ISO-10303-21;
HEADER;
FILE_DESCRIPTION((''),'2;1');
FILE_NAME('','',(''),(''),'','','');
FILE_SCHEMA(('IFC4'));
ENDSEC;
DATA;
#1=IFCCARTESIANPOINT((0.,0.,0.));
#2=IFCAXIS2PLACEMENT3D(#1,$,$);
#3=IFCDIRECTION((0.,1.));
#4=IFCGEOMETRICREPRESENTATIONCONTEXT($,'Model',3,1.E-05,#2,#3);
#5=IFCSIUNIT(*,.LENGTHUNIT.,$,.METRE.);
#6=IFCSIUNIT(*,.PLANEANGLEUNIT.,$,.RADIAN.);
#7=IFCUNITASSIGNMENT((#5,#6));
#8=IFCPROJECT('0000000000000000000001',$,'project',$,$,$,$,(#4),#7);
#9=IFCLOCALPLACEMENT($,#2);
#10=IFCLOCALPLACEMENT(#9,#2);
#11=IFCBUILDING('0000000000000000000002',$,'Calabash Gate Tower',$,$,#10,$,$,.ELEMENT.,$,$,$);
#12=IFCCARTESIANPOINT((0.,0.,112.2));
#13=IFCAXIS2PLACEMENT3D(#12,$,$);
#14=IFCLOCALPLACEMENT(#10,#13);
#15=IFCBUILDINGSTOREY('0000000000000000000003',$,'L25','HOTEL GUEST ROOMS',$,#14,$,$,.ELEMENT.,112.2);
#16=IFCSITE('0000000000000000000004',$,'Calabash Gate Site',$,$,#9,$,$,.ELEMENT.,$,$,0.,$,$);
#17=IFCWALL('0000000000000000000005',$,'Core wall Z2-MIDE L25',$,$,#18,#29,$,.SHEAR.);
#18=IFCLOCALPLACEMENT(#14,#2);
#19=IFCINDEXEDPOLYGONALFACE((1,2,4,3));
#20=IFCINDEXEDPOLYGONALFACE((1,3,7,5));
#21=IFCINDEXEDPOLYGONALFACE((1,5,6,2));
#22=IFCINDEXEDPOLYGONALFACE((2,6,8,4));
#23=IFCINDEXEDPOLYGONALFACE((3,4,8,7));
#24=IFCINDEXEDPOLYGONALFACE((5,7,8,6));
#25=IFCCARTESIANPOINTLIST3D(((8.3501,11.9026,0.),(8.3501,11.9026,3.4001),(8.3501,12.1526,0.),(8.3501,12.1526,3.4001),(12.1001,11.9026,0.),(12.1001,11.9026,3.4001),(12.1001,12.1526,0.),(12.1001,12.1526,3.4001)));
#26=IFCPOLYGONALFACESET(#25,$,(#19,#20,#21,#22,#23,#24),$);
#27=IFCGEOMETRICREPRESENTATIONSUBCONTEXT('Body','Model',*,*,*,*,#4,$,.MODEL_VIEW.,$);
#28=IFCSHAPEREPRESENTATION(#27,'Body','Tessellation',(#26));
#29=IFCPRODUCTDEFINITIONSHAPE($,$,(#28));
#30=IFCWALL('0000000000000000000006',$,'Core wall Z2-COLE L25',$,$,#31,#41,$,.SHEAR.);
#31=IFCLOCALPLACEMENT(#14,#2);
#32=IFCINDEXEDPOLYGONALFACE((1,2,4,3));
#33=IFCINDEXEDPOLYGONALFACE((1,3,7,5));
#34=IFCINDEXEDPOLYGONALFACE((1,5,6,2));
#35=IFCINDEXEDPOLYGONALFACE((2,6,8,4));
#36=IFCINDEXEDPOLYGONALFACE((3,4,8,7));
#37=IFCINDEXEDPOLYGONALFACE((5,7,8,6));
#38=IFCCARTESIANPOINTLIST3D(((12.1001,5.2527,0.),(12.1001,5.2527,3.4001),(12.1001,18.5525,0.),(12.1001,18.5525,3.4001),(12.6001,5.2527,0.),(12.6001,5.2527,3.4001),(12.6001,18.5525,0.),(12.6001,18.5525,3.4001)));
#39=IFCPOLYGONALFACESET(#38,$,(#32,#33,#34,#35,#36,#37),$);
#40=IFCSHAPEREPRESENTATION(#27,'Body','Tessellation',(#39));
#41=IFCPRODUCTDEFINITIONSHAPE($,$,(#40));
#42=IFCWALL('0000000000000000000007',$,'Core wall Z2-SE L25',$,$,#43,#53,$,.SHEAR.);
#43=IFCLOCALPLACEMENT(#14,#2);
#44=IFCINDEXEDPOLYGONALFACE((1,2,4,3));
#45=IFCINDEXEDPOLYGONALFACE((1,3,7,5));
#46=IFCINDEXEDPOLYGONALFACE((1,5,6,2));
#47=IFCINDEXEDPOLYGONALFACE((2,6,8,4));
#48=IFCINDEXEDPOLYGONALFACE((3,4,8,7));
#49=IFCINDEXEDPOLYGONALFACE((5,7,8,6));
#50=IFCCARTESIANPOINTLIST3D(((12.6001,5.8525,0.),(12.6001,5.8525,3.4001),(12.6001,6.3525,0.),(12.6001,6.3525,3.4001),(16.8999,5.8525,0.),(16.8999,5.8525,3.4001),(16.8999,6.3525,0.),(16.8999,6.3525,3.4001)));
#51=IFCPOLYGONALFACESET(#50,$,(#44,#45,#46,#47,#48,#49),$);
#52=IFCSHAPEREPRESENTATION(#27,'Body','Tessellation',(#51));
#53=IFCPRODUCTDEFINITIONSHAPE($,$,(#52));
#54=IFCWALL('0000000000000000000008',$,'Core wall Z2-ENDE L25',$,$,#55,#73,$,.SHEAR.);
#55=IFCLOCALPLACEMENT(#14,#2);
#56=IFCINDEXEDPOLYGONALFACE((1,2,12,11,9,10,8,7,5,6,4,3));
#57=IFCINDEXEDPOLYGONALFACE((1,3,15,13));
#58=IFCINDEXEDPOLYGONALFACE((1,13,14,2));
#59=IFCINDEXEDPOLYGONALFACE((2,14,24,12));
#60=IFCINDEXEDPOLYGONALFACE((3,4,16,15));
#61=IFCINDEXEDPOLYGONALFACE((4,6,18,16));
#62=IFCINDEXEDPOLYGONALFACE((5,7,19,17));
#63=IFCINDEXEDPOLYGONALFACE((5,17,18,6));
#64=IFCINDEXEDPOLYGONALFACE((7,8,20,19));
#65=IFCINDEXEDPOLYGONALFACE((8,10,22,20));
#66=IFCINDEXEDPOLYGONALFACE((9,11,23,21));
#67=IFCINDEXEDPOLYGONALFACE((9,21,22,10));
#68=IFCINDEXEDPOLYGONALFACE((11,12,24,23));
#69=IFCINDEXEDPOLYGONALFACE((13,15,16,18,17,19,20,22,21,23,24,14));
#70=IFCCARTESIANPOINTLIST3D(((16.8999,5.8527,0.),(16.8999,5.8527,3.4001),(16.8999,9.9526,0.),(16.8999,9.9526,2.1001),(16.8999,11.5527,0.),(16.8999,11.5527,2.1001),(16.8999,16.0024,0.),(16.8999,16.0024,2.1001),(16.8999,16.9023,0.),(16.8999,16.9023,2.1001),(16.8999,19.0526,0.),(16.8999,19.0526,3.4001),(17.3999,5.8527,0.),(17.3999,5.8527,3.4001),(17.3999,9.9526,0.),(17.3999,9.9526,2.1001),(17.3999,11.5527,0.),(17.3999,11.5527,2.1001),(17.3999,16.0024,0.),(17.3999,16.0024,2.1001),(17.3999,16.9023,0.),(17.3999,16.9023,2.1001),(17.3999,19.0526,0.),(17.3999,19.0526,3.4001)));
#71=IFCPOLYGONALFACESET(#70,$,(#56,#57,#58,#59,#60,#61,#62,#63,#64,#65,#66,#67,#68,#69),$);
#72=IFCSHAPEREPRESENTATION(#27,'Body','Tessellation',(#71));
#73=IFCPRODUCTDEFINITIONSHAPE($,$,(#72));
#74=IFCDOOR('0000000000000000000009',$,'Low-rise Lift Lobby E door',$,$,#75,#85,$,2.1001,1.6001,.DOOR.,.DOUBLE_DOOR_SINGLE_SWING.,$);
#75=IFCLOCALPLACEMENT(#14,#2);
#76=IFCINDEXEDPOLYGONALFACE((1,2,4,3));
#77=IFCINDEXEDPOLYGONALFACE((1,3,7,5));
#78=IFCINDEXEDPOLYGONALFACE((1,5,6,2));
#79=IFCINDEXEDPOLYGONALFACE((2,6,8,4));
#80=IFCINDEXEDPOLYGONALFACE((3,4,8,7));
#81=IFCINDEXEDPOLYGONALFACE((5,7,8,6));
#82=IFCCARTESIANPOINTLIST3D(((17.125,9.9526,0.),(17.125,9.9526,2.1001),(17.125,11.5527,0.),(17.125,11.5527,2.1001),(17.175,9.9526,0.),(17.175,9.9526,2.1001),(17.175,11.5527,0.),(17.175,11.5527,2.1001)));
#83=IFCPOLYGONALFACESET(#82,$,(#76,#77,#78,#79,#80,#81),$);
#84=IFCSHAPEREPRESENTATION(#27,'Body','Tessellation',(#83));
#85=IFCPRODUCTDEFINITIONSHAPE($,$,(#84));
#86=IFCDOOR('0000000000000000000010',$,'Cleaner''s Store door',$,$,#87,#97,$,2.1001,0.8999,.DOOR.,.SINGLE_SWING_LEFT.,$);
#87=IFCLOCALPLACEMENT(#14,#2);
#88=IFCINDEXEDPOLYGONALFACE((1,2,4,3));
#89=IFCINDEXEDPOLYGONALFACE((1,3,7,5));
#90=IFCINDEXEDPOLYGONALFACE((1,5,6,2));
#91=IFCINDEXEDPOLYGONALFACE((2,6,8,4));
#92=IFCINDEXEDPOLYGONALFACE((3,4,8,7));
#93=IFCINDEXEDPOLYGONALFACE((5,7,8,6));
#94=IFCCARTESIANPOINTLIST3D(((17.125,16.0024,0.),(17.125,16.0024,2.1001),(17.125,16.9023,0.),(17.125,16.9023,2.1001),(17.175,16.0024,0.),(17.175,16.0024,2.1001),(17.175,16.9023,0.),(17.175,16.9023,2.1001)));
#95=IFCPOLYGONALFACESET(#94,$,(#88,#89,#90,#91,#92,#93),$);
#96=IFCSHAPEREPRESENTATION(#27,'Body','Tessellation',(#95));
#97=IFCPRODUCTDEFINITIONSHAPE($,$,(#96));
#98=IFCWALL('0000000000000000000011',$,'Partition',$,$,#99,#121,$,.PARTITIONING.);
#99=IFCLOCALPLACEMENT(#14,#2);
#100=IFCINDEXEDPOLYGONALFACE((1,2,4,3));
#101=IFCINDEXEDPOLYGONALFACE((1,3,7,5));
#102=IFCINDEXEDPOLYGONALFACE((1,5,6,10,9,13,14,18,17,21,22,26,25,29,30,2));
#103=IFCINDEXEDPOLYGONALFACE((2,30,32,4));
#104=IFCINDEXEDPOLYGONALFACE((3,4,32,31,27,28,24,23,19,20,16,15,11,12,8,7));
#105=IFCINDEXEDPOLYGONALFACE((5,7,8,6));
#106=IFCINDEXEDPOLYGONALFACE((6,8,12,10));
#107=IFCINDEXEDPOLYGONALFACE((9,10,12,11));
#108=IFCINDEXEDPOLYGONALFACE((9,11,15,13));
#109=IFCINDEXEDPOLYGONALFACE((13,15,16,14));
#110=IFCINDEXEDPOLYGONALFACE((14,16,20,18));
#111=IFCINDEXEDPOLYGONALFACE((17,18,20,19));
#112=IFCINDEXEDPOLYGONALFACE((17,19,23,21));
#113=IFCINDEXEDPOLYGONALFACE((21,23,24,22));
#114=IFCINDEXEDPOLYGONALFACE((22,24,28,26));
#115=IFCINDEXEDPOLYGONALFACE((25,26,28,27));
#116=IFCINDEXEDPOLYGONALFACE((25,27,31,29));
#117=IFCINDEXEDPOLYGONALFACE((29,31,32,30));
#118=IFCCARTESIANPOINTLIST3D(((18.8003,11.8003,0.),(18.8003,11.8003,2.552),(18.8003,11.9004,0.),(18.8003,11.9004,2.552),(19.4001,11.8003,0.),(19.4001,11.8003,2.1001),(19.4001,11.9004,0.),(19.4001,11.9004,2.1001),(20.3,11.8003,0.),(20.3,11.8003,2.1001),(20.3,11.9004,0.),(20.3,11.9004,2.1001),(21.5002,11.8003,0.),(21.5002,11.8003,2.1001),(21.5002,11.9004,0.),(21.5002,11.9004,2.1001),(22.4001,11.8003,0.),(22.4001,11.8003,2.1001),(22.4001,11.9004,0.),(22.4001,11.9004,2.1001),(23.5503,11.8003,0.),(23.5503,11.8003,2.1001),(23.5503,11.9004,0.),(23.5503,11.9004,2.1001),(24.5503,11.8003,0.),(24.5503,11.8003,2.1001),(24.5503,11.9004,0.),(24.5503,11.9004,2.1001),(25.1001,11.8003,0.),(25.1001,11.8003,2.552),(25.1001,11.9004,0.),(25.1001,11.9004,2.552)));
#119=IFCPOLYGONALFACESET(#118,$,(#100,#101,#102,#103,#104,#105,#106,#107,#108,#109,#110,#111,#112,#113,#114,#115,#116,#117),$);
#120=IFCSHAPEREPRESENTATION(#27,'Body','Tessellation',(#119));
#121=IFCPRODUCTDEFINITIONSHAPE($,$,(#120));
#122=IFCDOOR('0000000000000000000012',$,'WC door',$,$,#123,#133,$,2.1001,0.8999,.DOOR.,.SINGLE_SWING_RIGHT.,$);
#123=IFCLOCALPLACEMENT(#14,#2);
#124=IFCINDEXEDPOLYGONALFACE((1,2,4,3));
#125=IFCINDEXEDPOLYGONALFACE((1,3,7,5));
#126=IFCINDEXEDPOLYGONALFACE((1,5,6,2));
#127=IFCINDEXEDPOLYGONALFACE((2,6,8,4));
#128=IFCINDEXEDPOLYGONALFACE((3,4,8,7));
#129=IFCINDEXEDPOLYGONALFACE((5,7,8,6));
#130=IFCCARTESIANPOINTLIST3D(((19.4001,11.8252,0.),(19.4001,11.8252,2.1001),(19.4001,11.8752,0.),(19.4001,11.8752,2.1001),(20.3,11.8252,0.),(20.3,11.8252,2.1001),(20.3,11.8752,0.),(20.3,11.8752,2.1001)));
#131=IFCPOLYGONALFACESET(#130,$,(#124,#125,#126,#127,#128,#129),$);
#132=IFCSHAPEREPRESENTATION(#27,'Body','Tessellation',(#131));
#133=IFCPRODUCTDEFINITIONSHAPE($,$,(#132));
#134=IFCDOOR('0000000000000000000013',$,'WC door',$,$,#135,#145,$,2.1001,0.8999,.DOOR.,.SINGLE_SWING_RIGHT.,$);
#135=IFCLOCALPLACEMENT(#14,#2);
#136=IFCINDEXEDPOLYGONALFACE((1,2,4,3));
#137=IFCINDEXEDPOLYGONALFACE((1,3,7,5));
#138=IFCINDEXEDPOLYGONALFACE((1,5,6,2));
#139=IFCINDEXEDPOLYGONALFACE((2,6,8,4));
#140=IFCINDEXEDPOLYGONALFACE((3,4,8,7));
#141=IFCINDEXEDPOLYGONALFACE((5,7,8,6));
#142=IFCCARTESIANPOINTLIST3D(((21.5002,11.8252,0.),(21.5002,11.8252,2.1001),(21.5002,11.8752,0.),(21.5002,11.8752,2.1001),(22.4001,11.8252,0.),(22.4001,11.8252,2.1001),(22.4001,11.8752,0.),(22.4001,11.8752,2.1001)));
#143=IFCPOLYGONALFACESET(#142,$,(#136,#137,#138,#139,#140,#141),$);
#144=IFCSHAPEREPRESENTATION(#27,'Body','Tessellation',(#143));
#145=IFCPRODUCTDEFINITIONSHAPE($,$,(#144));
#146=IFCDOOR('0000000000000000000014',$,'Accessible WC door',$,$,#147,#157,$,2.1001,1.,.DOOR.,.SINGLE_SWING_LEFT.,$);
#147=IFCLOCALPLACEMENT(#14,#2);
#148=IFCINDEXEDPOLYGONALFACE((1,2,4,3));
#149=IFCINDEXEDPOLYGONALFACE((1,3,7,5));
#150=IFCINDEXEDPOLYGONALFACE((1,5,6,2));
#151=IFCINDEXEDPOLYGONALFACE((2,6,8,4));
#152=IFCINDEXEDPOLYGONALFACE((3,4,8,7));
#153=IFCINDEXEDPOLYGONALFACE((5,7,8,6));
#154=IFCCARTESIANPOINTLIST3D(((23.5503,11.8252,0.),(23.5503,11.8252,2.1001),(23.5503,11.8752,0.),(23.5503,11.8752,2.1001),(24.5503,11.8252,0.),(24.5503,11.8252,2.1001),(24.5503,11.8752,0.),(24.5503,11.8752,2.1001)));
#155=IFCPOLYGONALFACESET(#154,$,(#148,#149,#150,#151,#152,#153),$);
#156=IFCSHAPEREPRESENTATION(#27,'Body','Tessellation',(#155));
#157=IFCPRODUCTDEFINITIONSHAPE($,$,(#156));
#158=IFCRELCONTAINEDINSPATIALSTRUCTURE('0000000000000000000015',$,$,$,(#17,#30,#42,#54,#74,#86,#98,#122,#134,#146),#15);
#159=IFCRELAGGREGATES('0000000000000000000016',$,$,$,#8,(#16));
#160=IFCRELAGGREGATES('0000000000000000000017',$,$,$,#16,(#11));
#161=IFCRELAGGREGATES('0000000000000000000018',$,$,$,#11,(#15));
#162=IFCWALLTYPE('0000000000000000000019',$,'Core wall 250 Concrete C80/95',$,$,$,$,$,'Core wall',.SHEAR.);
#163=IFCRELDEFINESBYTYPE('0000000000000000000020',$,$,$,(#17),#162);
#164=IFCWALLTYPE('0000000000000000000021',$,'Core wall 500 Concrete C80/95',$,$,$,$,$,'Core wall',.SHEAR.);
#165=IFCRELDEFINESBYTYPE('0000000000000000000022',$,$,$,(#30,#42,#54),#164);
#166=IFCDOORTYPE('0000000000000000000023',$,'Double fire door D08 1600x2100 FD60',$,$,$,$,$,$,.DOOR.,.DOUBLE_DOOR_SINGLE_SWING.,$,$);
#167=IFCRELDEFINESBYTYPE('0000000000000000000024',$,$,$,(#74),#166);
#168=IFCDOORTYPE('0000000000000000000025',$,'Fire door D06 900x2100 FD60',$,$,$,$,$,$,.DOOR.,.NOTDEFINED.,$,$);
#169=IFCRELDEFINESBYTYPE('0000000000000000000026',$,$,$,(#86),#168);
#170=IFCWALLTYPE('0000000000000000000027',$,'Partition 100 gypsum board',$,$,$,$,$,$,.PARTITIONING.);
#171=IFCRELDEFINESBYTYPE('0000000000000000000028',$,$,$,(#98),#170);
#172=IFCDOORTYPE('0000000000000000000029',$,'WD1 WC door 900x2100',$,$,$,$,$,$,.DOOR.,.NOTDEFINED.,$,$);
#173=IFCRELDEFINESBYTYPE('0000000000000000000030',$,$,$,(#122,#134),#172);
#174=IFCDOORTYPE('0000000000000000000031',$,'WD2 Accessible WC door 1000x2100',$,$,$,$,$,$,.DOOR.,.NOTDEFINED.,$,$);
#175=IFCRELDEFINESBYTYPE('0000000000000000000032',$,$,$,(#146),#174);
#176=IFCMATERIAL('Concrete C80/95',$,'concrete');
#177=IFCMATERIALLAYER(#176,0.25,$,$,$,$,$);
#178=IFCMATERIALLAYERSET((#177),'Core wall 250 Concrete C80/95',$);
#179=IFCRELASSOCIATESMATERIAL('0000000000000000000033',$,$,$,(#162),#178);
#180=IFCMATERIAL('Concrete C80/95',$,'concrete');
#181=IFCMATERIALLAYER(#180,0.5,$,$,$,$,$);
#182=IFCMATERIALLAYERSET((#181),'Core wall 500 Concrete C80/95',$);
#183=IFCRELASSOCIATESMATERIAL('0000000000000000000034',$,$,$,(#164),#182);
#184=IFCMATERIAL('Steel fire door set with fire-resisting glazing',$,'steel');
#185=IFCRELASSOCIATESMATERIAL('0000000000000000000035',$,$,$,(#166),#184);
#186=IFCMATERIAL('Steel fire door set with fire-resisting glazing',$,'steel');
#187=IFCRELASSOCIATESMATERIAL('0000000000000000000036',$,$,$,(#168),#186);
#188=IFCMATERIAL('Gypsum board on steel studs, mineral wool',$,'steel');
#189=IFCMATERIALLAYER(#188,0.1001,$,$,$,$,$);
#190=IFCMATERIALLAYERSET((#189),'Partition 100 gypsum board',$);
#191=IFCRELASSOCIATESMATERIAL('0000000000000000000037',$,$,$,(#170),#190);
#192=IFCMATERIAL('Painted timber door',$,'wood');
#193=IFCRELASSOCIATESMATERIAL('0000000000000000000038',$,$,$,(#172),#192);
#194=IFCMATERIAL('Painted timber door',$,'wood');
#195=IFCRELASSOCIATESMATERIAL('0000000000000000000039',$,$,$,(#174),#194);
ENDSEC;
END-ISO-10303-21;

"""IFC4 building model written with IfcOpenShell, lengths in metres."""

from ifc_helpers import new_model, si_unit, direction, frame, frame_2d, origin, place, context, subcontext, project, spatial, rectangle, extrude, material, layer, layer_set, type_object, element, fill, save


model = new_model("IFC4")

# Units and contexts
model_context = context("Model", 3, precision=1e-05, world=origin(), true_north=direction((0.0, 1.0)))
body_context = subcontext(model_context, "Body", "Model", "MODEL_VIEW")
ifc_project = project(units=[si_unit("LENGTHUNIT", "METRE"), si_unit("PLANEANGLEUNIT", "RADIAN")], contexts=[model_context])

# Site, building, storey
site_placement = place(None, origin())
site = spatial("IfcSite", under=ifc_project, at=site_placement, Name="Calabash Gate Site", CompositionType="ELEMENT", RefElevation=0.0)
building_placement = place(site_placement, origin())
building = spatial("IfcBuilding", under=site, at=building_placement, Name="Calabash Gate Tower", CompositionType="ELEMENT")
storey_placement = place(building_placement, frame((0.0, 0.0, 112.2)))
storey = spatial("IfcBuildingStorey", under=building, at=storey_placement, Name="L25", Description="HOTEL GUEST ROOMS", CompositionType="ELEMENT", Elevation=112.2)

# Walls
ifc_material_1 = material(Name="Concrete C80/95", Category="concrete")
ifc_layer_1 = layer(ifc_material_1, 0.25)
ifc_layer_set_1 = layer_set([ifc_layer_1], Name="Core wall 250 Concrete C80/95")
wall_type_1 = type_object("IfcWallType", Name="Core wall 250 Concrete C80/95", ElementType="Core wall", PredefinedType="SHEAR", material=ifc_layer_set_1)
wall_1_placement = place(storey_placement, frame((8.3501, 12.0276, 0.0), z_axis=(0.0, 0.0, 1.0), x_axis=(1.0, 0.0, 0.0)))
element("IfcWall", 1, at=wall_1_placement, inside=storey, type_object=wall_type_1, Name="Core wall Z2-MIDE L25", PredefinedType="SHEAR", context=body_context, shape_type="SweptSolid", body=[
    extrude(rectangle(XDim=3.75, YDim=0.25, at=frame_2d((1.875, 0.0))), origin(), (0.0, 0.0, 1.0), 3.4001),
])
ifc_material_2 = material(Name="Concrete C80/95", Category="concrete")
ifc_layer_2 = layer(ifc_material_2, 0.5)
ifc_layer_set_2 = layer_set([ifc_layer_2], Name="Core wall 500 Concrete C80/95")
wall_type_2 = type_object("IfcWallType", Name="Core wall 500 Concrete C80/95", ElementType="Core wall", PredefinedType="SHEAR", material=ifc_layer_set_2)
wall_2_placement = place(storey_placement, frame((12.3501, 5.2527, 0.0), z_axis=(0.0, 0.0, 1.0), x_axis=(0.0, 1.0, 0.0)))
element("IfcWall", 2, at=wall_2_placement, inside=storey, type_object=wall_type_2, Name="Core wall Z2-COLE L25", PredefinedType="SHEAR", context=body_context, shape_type="SweptSolid", body=[
    extrude(rectangle(XDim=13.2998, YDim=0.5, at=frame_2d((6.6499, 0.0))), origin(), (0.0, 0.0, 1.0), 3.4001),
])
wall_3_placement = place(storey_placement, frame((12.6001, 6.1025, 0.0), z_axis=(0.0, 0.0, 1.0), x_axis=(1.0, 0.0, 0.0)))
element("IfcWall", 3, at=wall_3_placement, inside=storey, type_object=wall_type_2, Name="Core wall Z2-SE L25", PredefinedType="SHEAR", context=body_context, shape_type="SweptSolid", body=[
    extrude(rectangle(XDim=4.2998, YDim=0.5, at=frame_2d((2.1499, 0.0))), origin(), (0.0, 0.0, 1.0), 3.4001),
])

# Walls, openings, doors
wall_4_placement = place(storey_placement, frame((17.1499, 5.8525, 0.0), z_axis=(0.0, 0.0, 1.0), x_axis=(0.0, 1.0, 0.0)))
wall_4 = element("IfcWall", 4, at=wall_4_placement, inside=storey, type_object=wall_type_2, Name="Core wall Z2-ENDE L25", PredefinedType="SHEAR", context=body_context, shape_type="SweptSolid", body=[
    extrude(rectangle(XDim=13.2, YDim=0.5, at=frame_2d((6.6001, 0.0))), origin(), (0.0, 0.0, 1.0), 3.4001),
])
opening_1_placement = place(wall_4_placement, frame((4.1001, 0.0, 0.0)))
opening_1 = element("IfcOpeningElement", 5, at=opening_1_placement, cuts=wall_4, PredefinedType="OPENING", context=body_context, shape_type="SweptSolid", body=[
    extrude(rectangle(XDim=1.6001, YDim=2.1001, at=frame_2d((0.8, 1.05))), frame((0.0, 0.26, 0.0), z_axis=(0.0, -1.0, 0.0), x_axis=(1.0, 0.0, 0.0)), (0.0, 0.0, 1.0), 0.52),
])
opening_2_placement = place(wall_4_placement, frame((10.1499, 0.0, 0.0)))
opening_2 = element("IfcOpeningElement", 6, at=opening_2_placement, cuts=wall_4, PredefinedType="OPENING", context=body_context, shape_type="SweptSolid", body=[
    extrude(rectangle(XDim=0.8999, YDim=2.1001, at=frame_2d((0.45, 1.05))), frame((0.0, 0.26, 0.0), z_axis=(0.0, -1.0, 0.0), x_axis=(1.0, 0.0, 0.0)), (0.0, 0.0, 1.0), 0.52),
])
ifc_material_3 = material(Name="Steel fire door set with fire-resisting glazing", Category="steel")
door_type_1 = type_object("IfcDoorType", Name="Double fire door D08 1600x2100 FD60", OperationType="DOUBLE_DOOR_SINGLE_SWING", PredefinedType="DOOR", material=ifc_material_3)
door_1_placement = place(opening_1_placement, origin())
door_1 = element("IfcDoor", 7, at=door_1_placement, inside=storey, type_object=door_type_1, Name="Low-rise Lift Lobby E door", OperationType="DOUBLE_DOOR_SINGLE_SWING", OverallHeight=2.1001, OverallWidth=1.6001, PredefinedType="DOOR", context=body_context, shape_type="SweptSolid", body=[
    extrude(rectangle(XDim=1.6001, YDim=2.1001, at=frame_2d((0.8, 1.05))), frame((0.0, 0.0249, 0.0), z_axis=(0.0, -1.0, 0.0), x_axis=(1.0, 0.0, 0.0)), (0.0, 0.0, 1.0), 0.05),
])
fill(opening_1, door_1)
ifc_material_4 = material(Name="Steel fire door set with fire-resisting glazing", Category="steel")
door_type_2 = type_object("IfcDoorType", Name="Fire door D06 900x2100 FD60", OperationType="NOTDEFINED", PredefinedType="DOOR", material=ifc_material_4)
door_2_placement = place(opening_2_placement, origin())
door_2 = element("IfcDoor", 8, at=door_2_placement, inside=storey, type_object=door_type_2, Name="Cleaner's Store door", OperationType="SINGLE_SWING_LEFT", OverallHeight=2.1001, OverallWidth=0.8999, PredefinedType="DOOR", context=body_context, shape_type="SweptSolid", body=[
    extrude(rectangle(XDim=0.8999, YDim=2.1001, at=frame_2d((0.45, 1.05))), frame((0.0, 0.0249, 0.0), z_axis=(0.0, -1.0, 0.0), x_axis=(1.0, 0.0, 0.0)), (0.0, 0.0, 1.0), 0.05),
])
fill(opening_2, door_2)
ifc_material_5 = material(Name="Gypsum board on steel studs, mineral wool", Category="steel")
ifc_layer_3 = layer(ifc_material_5, 0.1001)
ifc_layer_set_3 = layer_set([ifc_layer_3], Name="Partition 100 gypsum board")
wall_type_3 = type_object("IfcWallType", Name="Partition 100 gypsum board", PredefinedType="PARTITIONING", material=ifc_layer_set_3)
wall_5_placement = place(storey_placement, frame((18.8003, 11.8503, 0.0), z_axis=(0.0, 0.0, 1.0), x_axis=(1.0, 0.0, 0.0)))
wall_5 = element("IfcWall", 9, at=wall_5_placement, inside=storey, type_object=wall_type_3, Name="Partition", PredefinedType="PARTITIONING", context=body_context, shape_type="SweptSolid", body=[
    extrude(rectangle(XDim=6.2998, YDim=0.1001, at=frame_2d((3.1499, 0.0))), origin(), (0.0, 0.0, 1.0), 2.552),
])
opening_3_placement = place(wall_5_placement, frame((0.5999, 0.0, 0.0)))
opening_3 = element("IfcOpeningElement", 10, at=opening_3_placement, cuts=wall_5, PredefinedType="OPENING", context=body_context, shape_type="SweptSolid", body=[
    extrude(rectangle(XDim=0.8999, YDim=2.1001, at=frame_2d((0.45, 1.05))), frame((0.0, 0.0601, 0.0), z_axis=(0.0, -1.0, 0.0), x_axis=(1.0, 0.0, 0.0)), (0.0, 0.0, 1.0), 0.1201),
])
opening_4_placement = place(wall_5_placement, frame((2.7, 0.0, 0.0)))
opening_4 = element("IfcOpeningElement", 11, at=opening_4_placement, cuts=wall_5, PredefinedType="OPENING", context=body_context, shape_type="SweptSolid", body=[
    extrude(rectangle(XDim=0.8999, YDim=2.1001, at=frame_2d((0.45, 1.05))), frame((0.0, 0.0601, 0.0), z_axis=(0.0, -1.0, 0.0), x_axis=(1.0, 0.0, 0.0)), (0.0, 0.0, 1.0), 0.1201),
])
opening_5_placement = place(wall_5_placement, frame((4.75, 0.0, 0.0)))
opening_5 = element("IfcOpeningElement", 12, at=opening_5_placement, cuts=wall_5, PredefinedType="OPENING", context=body_context, shape_type="SweptSolid", body=[
    extrude(rectangle(XDim=1.0, YDim=2.1001, at=frame_2d((0.5, 1.05))), frame((0.0, 0.0601, 0.0), z_axis=(0.0, -1.0, 0.0), x_axis=(1.0, 0.0, 0.0)), (0.0, 0.0, 1.0), 0.1201),
])
ifc_material_6 = material(Name="Painted timber door", Category="wood")
door_type_3 = type_object("IfcDoorType", Name="WD1 WC door 900x2100", OperationType="NOTDEFINED", PredefinedType="DOOR", material=ifc_material_6)
door_3_placement = place(opening_3_placement, origin())
door_3 = element("IfcDoor", 13, at=door_3_placement, inside=storey, type_object=door_type_3, Name="WC door", OperationType="SINGLE_SWING_RIGHT", OverallHeight=2.1001, OverallWidth=0.8999, PredefinedType="DOOR", context=body_context, shape_type="SweptSolid", body=[
    extrude(rectangle(XDim=0.8999, YDim=2.1001, at=frame_2d((0.45, 1.05))), frame((0.0, 0.0249, 0.0), z_axis=(0.0, -1.0, 0.0), x_axis=(1.0, 0.0, 0.0)), (0.0, 0.0, 1.0), 0.05),
])
fill(opening_3, door_3)
door_4_placement = place(opening_4_placement, origin())
door_4 = element("IfcDoor", 14, at=door_4_placement, inside=storey, type_object=door_type_3, Name="WC door", OperationType="SINGLE_SWING_RIGHT", OverallHeight=2.1001, OverallWidth=0.8999, PredefinedType="DOOR", context=body_context, shape_type="SweptSolid", body=[
    extrude(rectangle(XDim=0.8999, YDim=2.1001, at=frame_2d((0.45, 1.05))), frame((0.0, 0.0249, 0.0), z_axis=(0.0, -1.0, 0.0), x_axis=(1.0, 0.0, 0.0)), (0.0, 0.0, 1.0), 0.05),
])
fill(opening_4, door_4)
ifc_material_7 = material(Name="Painted timber door", Category="wood")
door_type_4 = type_object("IfcDoorType", Name="WD2 Accessible WC door 1000x2100", OperationType="NOTDEFINED", PredefinedType="DOOR", material=ifc_material_7)
door_5_placement = place(opening_5_placement, origin())
door_5 = element("IfcDoor", 15, at=door_5_placement, inside=storey, type_object=door_type_4, Name="Accessible WC door", OperationType="SINGLE_SWING_LEFT", OverallHeight=2.1001, OverallWidth=1.0, PredefinedType="DOOR", context=body_context, shape_type="SweptSolid", body=[
    extrude(rectangle(XDim=1.0, YDim=2.1001, at=frame_2d((0.5, 1.05))), frame((0.0, 0.0249, 0.0), z_axis=(0.0, -1.0, 0.0), x_axis=(1.0, 0.0, 0.0)), (0.0, 0.0, 1.0), 0.05),
])
fill(opening_5, door_5)

save(model, "model.ifc")
